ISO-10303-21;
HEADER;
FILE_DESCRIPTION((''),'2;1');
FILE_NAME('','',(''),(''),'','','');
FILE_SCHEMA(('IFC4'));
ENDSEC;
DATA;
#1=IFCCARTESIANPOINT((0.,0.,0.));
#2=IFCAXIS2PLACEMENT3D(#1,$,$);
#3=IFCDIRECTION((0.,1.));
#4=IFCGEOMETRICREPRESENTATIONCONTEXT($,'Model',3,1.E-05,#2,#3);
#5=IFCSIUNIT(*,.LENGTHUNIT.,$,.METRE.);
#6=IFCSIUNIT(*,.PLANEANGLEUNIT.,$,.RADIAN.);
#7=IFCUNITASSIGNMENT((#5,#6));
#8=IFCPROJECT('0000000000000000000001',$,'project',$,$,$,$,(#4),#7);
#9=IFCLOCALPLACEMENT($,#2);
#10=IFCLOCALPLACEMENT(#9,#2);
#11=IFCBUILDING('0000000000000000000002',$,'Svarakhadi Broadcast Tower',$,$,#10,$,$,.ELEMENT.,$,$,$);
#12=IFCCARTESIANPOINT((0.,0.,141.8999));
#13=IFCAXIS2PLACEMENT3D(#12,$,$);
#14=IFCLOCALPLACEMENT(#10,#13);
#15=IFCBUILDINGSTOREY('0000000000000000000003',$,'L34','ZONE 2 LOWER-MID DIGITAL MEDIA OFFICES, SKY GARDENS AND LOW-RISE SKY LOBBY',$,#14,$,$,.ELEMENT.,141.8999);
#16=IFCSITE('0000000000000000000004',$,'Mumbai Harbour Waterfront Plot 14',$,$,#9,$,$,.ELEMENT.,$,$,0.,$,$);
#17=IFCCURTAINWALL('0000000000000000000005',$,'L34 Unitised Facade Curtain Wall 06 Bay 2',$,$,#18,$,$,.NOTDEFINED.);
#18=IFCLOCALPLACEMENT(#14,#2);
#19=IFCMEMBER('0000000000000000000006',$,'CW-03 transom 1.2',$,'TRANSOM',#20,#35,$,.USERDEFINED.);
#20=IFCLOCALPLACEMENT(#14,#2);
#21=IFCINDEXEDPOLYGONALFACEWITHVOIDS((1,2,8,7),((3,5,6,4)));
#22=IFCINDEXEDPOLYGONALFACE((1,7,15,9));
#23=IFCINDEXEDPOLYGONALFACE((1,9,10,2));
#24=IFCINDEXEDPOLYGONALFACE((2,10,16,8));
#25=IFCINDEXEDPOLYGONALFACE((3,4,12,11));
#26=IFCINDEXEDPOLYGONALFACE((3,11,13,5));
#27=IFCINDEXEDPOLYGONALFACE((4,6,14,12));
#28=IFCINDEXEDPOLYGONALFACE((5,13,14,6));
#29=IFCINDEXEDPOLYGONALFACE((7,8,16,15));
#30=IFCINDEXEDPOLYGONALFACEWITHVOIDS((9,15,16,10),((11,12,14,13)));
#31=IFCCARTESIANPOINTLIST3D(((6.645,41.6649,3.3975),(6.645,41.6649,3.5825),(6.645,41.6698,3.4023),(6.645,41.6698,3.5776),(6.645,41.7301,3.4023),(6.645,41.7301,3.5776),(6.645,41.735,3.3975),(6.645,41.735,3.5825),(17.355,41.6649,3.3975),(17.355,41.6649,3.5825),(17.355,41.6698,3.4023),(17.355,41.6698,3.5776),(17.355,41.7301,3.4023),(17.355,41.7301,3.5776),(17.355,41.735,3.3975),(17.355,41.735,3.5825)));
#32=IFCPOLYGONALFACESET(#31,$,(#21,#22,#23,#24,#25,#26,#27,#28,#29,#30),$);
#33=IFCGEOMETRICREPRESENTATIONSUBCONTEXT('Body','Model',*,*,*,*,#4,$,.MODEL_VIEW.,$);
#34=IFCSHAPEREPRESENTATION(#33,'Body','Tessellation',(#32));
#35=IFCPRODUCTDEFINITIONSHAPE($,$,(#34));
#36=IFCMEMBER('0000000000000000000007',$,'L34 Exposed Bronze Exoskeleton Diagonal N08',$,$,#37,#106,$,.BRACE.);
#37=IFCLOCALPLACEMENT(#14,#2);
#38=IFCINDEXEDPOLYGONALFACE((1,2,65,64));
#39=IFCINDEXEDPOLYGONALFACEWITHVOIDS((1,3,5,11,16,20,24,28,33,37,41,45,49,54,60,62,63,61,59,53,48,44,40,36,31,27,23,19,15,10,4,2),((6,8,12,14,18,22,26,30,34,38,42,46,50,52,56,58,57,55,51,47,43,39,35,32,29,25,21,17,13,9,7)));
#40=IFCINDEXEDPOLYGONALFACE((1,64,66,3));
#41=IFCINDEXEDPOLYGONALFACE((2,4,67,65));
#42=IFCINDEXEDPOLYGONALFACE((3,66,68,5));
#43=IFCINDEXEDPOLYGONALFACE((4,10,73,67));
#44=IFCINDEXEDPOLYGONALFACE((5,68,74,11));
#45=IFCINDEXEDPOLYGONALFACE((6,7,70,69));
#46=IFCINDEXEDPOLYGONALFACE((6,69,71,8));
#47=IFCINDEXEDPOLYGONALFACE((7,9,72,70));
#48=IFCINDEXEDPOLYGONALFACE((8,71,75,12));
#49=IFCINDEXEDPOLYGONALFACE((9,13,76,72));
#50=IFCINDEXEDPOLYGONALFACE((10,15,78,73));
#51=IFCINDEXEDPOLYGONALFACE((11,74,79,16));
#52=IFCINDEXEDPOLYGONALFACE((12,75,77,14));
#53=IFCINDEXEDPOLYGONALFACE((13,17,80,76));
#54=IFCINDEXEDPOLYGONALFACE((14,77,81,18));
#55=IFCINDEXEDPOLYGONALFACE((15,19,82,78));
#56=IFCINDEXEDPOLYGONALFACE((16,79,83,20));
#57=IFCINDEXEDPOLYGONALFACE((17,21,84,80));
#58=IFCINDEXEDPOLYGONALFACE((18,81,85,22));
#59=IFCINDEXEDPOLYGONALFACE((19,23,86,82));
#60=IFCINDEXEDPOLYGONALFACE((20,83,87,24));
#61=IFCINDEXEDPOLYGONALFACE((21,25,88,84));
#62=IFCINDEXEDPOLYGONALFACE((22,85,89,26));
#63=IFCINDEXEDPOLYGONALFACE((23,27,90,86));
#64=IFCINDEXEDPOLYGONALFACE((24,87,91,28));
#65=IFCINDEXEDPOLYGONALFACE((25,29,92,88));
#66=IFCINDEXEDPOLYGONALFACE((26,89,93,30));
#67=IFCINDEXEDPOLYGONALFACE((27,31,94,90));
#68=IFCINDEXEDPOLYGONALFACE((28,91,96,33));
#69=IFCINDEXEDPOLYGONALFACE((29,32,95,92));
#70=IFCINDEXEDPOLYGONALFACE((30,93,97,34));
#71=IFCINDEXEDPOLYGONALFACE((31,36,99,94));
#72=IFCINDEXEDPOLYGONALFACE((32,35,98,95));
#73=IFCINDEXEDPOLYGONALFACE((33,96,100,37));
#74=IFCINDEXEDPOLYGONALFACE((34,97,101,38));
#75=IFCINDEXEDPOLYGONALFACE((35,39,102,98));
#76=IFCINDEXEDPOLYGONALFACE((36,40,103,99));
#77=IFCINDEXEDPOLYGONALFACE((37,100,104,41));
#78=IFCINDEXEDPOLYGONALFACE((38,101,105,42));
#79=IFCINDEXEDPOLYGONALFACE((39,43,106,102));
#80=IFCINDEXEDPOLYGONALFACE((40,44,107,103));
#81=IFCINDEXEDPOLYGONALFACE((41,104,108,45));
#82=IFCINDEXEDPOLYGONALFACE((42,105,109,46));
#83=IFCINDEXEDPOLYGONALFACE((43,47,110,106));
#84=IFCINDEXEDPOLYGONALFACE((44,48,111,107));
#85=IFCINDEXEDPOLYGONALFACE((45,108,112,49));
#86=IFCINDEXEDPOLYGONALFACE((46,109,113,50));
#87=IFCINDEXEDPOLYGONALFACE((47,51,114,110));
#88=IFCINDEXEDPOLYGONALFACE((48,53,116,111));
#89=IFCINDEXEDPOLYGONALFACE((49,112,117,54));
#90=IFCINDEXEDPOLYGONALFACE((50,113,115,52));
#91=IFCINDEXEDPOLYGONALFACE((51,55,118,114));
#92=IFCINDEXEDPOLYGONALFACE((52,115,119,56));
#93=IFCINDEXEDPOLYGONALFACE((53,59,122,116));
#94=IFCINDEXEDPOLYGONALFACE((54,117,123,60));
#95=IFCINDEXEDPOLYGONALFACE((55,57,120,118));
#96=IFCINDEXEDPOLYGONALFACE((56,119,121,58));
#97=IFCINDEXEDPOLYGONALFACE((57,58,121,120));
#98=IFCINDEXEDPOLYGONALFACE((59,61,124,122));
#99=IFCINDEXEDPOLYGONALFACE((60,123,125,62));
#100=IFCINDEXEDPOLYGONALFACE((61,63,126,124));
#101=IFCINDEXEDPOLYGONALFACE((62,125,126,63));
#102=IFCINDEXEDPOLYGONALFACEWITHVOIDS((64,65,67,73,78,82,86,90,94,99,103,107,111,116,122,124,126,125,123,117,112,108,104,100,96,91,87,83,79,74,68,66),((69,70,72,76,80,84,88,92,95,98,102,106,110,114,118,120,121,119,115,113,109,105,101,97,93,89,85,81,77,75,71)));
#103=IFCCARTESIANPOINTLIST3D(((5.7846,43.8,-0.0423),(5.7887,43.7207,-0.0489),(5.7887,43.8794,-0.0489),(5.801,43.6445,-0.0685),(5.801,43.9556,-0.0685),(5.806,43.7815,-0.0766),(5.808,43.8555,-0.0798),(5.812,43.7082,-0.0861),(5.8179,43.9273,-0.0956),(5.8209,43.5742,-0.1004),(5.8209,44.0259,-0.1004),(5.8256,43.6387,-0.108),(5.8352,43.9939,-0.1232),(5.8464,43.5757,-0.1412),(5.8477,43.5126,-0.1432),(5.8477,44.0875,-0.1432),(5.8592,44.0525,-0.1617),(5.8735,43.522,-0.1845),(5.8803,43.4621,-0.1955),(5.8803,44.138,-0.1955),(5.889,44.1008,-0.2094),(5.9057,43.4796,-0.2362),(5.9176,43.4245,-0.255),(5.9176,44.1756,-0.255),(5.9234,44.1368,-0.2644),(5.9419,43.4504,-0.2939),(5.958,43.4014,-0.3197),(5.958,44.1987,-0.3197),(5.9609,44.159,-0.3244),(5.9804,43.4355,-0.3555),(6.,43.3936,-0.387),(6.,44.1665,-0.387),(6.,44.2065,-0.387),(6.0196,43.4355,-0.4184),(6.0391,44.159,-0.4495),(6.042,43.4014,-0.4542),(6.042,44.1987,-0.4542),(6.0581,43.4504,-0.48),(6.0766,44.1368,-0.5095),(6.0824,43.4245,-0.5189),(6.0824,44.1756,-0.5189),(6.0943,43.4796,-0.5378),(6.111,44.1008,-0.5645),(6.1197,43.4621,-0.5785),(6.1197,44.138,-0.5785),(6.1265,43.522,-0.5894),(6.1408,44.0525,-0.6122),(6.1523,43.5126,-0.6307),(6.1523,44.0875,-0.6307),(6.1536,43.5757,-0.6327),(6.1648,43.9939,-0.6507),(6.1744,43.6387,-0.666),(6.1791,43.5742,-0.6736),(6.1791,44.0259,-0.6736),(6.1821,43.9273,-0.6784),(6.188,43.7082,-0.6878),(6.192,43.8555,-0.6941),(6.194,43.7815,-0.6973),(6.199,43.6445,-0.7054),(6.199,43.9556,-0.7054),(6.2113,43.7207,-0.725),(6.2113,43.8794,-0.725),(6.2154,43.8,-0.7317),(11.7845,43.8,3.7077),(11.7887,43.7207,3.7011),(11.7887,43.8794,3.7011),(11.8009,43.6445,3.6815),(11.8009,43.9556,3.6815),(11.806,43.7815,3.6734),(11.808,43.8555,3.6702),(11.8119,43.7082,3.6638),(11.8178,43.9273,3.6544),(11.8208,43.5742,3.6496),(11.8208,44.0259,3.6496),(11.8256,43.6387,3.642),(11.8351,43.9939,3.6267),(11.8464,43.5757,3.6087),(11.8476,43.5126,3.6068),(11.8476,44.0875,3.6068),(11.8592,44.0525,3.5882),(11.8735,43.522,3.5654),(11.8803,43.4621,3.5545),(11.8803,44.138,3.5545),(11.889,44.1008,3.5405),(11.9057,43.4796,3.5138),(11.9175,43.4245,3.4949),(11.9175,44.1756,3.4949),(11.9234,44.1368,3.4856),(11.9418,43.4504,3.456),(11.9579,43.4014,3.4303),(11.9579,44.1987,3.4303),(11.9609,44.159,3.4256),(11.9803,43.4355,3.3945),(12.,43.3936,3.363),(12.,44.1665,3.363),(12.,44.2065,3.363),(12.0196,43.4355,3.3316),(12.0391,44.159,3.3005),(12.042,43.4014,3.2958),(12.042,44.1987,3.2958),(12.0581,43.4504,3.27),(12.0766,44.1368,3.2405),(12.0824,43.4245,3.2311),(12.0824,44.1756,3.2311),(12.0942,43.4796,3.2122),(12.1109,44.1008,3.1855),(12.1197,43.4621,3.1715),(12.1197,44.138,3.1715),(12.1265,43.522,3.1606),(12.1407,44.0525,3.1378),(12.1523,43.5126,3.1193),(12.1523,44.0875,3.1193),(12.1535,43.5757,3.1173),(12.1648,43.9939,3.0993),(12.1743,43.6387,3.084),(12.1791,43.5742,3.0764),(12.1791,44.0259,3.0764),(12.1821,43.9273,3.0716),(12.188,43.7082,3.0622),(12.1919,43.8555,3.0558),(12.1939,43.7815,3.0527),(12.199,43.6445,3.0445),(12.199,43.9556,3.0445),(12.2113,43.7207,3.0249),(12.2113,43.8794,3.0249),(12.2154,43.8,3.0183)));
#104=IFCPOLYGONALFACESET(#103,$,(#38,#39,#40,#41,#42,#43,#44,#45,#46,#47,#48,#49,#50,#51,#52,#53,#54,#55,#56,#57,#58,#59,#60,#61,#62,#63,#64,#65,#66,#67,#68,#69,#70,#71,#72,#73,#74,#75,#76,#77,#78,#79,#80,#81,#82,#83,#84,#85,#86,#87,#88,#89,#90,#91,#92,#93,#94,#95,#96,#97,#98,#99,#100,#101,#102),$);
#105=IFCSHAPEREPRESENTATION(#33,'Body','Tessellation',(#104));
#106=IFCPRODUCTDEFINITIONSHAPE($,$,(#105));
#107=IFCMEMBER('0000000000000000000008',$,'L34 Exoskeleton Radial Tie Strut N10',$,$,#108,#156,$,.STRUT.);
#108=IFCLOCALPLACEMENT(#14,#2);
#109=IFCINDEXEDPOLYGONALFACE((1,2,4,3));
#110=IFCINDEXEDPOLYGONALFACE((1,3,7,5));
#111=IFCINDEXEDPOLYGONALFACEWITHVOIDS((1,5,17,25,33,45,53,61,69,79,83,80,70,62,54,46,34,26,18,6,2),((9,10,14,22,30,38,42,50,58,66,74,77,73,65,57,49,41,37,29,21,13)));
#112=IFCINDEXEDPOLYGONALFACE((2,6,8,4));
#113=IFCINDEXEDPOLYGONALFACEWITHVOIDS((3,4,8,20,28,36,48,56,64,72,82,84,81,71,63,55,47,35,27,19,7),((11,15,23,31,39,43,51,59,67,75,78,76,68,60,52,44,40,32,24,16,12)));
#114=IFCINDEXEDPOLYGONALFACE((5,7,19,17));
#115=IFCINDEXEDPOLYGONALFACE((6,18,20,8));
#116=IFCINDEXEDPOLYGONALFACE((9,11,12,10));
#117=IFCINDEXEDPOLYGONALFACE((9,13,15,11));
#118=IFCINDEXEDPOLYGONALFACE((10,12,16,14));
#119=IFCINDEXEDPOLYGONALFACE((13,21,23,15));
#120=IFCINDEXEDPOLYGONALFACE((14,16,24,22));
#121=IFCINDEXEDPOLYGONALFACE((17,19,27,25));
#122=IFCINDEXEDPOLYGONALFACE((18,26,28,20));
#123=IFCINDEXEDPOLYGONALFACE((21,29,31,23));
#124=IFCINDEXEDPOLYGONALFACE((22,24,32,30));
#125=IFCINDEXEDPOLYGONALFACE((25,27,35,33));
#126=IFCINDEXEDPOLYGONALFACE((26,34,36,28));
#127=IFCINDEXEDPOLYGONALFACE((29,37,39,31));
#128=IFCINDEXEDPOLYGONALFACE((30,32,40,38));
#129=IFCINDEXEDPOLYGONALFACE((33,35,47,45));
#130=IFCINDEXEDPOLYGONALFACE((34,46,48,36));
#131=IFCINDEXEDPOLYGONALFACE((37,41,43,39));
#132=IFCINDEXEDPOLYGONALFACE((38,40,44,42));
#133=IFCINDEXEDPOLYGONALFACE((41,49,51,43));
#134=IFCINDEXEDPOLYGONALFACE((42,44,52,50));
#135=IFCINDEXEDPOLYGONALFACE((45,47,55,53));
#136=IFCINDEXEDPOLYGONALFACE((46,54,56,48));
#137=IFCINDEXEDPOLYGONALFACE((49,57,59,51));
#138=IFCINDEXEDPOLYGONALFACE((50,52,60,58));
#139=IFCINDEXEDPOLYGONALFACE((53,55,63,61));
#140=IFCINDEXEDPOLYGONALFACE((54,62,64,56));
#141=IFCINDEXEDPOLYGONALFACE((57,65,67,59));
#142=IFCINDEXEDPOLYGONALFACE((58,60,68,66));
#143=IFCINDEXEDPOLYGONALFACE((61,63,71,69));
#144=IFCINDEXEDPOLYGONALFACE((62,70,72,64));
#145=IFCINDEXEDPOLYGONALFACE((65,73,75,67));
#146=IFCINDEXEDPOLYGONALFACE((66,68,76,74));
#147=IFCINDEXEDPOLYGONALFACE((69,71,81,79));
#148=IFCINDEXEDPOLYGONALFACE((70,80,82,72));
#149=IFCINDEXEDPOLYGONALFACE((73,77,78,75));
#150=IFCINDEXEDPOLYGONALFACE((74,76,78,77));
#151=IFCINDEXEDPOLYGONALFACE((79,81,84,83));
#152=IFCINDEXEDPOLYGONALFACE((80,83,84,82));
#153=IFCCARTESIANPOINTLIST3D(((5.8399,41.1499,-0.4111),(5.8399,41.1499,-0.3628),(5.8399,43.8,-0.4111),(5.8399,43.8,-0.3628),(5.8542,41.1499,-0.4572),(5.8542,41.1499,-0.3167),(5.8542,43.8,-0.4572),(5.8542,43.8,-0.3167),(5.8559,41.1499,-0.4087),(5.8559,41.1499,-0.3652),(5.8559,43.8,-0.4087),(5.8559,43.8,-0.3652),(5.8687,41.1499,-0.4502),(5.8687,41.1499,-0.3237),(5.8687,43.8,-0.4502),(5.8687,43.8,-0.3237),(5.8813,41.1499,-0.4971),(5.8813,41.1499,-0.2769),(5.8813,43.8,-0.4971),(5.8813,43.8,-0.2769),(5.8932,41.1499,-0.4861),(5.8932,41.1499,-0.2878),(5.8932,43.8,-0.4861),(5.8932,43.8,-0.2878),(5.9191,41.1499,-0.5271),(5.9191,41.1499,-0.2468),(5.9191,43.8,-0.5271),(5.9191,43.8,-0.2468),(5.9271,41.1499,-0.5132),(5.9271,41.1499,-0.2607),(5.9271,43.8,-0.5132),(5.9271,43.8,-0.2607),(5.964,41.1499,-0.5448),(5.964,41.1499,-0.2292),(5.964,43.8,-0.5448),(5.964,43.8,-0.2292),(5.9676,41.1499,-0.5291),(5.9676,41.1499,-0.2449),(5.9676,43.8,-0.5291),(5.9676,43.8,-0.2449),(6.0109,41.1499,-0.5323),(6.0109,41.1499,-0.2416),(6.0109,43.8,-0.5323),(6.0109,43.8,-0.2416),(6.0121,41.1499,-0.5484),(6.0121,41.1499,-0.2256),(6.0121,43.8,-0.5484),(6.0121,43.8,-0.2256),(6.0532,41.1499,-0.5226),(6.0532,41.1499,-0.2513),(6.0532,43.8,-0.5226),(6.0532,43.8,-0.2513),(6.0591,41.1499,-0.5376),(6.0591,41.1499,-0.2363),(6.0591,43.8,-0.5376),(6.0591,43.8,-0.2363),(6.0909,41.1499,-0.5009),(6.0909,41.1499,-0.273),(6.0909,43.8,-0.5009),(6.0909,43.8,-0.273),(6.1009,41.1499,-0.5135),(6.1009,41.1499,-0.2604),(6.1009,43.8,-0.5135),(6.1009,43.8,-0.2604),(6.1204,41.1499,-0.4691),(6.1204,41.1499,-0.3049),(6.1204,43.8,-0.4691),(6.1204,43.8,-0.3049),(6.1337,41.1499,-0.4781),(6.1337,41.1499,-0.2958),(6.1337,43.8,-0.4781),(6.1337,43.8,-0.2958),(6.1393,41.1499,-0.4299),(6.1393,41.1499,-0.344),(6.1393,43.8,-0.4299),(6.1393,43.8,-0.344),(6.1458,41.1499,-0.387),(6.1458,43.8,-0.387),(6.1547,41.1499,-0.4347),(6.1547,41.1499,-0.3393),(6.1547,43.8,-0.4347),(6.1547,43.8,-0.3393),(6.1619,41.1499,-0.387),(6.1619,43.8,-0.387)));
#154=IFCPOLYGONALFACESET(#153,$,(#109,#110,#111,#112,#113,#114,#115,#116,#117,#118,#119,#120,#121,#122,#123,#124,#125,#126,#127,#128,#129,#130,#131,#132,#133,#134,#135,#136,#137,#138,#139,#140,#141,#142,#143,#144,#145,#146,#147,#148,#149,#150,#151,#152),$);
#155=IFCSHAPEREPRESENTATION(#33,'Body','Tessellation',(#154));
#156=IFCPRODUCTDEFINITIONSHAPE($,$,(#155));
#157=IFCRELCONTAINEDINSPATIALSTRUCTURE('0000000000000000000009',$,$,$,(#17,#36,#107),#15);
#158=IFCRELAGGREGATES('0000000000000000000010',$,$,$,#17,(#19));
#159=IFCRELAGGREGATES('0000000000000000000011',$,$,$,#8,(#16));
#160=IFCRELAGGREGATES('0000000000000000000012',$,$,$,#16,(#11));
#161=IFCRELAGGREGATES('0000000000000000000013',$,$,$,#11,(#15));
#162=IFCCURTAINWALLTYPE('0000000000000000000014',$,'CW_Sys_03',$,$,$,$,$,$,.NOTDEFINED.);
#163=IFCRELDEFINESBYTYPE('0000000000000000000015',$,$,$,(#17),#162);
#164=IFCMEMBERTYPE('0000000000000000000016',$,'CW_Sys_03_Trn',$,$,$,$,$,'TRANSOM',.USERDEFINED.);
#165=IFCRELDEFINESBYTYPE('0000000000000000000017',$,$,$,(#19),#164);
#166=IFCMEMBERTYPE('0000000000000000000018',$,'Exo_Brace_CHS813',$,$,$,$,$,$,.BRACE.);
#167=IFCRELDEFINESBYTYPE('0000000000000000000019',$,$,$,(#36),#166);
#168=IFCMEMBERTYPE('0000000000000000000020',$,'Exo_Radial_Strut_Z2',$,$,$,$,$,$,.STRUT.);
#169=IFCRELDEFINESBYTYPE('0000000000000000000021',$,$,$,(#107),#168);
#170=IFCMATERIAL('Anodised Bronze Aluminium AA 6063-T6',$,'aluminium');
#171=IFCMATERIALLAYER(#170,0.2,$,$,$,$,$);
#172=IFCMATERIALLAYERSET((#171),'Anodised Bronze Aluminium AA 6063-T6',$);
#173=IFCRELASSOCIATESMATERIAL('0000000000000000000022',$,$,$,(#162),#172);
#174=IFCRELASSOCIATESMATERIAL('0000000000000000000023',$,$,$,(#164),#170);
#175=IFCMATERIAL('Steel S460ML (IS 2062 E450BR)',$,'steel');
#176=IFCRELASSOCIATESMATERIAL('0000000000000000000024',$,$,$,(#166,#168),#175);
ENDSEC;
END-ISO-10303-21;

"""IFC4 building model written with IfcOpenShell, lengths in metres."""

from ifc_helpers import new_model, si_unit, direction, frame, origin, origin_2d, place, context, subcontext, project, spatial, hollow_rectangle, hollow_circle, extrude, material, layer, layer_set, material_profile, profile_set, type_object, element, aggregate, save


model = new_model("IFC4")

# Units and contexts
model_context = context("Model", 3, precision=1e-05, world=origin(), true_north=direction((0.0, 1.0)))
body_context = subcontext(model_context, "Body", "Model", "MODEL_VIEW")
ifc_project = project(units=[si_unit("LENGTHUNIT", "METRE"), si_unit("PLANEANGLEUNIT", "RADIAN")], contexts=[model_context])

# Site, building, storey
site_placement = place(None, origin())
site = spatial("IfcSite", under=ifc_project, at=site_placement, Name="Mumbai Harbour Waterfront Plot 14", CompositionType="ELEMENT", RefElevation=0.0)
building_placement = place(site_placement, origin())
building = spatial("IfcBuilding", under=site, at=building_placement, Name="Svarakhadi Broadcast Tower", CompositionType="ELEMENT")
storey_placement = place(building_placement, frame((0.0, 0.0, 141.8999)))
storey = spatial("IfcBuildingStorey", under=building, at=storey_placement, Name="L34", Description="ZONE 2 LOWER-MID DIGITAL MEDIA OFFICES, SKY GARDENS AND LOW-RISE SKY LOBBY", CompositionType="ELEMENT", Elevation=141.8999)

# Shared definitions
ifc_material_1 = material(Name="Steel S460ML (IS 2062 E450BR)", Category="steel")

# Curtain wall, member
ifc_material_2 = material(Name="Anodised Bronze Aluminium AA 6063-T6", Category="aluminium")
ifc_layer_1 = layer(ifc_material_2, 0.2)
ifc_layer_set_1 = layer_set([ifc_layer_1], Name="Anodised Bronze Aluminium AA 6063-T6")
curtain_wall_type = type_object("IfcCurtainWallType", Name="CW_Sys_03", PredefinedType="NOTDEFINED", material=ifc_layer_set_1)
curtain_wall_placement = place(storey_placement, origin())
curtain_wall = element("IfcCurtainWall", 1, at=curtain_wall_placement, inside=storey, type_object=curtain_wall_type, Name="L34 Unitised Facade Curtain Wall 06 Bay 2", PredefinedType="NOTDEFINED")
ifc_material_profile_1 = material_profile(ifc_material_2, hollow_rectangle(XDim=0.0701, YDim=0.1851, WallThickness=0.0049, at=origin_2d()), Name="ALU TRANSOM 185x70x5")
ifc_profile_set_1 = profile_set([ifc_material_profile_1], Name="Anodised Bronze Aluminium AA 6063-T6")
member_type_1 = type_object("IfcMemberType", Name="CW_Sys_03_Trn", ElementType="TRANSOM", PredefinedType="USERDEFINED", material=ifc_profile_set_1)
member_1_placement = place(storey_placement, frame((6.645, 41.7, 3.49), z_axis=(1.0, 0.0, 0.0), x_axis=(0.0, 1.0, 0.0)))
member_1 = element("IfcMember", 2, at=member_1_placement, type_object=member_type_1, Name="CW-03 transom 1.2", ObjectType="TRANSOM", PredefinedType="USERDEFINED", context=body_context, shape_type="SweptSolid", body=[
    extrude(hollow_rectangle(XDim=0.0701, YDim=0.1851, WallThickness=0.0049, at=origin_2d()), origin(), (0.0, 0.0, 1.0), 10.71),
])

# Members
ifc_material_profile_2 = material_profile(ifc_material_1, hollow_circle(Radius=0.4065, WallThickness=0.04, at=origin_2d()), Name="CHS 813x40")
ifc_profile_set_2 = profile_set([ifc_material_profile_2], Name="Steel S460ML (IS 2062 E450BR)")
member_type_2 = type_object("IfcMemberType", Name="Exo_Brace_CHS813", PredefinedType="BRACE", material=ifc_profile_set_2)
member_2_placement = place(storey_placement, frame((6.0, 43.8, -0.387), z_axis=(0.847998, 0.0, 0.529999), x_axis=(0.0, 1.0, 0.0)))
element("IfcMember", 3, at=member_2_placement, inside=storey, type_object=member_type_2, Name="L34 Exposed Bronze Exoskeleton Diagonal N08", PredefinedType="BRACE", context=body_context, shape_type="SweptSolid", body=[
    extrude(hollow_circle(Radius=0.4065, WallThickness=0.04, at=origin_2d()), origin(), (0.0, 0.0, 1.0), 7.0754),
])
ifc_material_profile_3 = material_profile(ifc_material_1, hollow_circle(Radius=0.1619, WallThickness=0.0161, at=origin_2d()), Name="CHS 323.9x16")
ifc_profile_set_3 = profile_set([ifc_material_profile_3], Name="Steel S460ML (IS 2062 E450BR)")
member_type_3 = type_object("IfcMemberType", Name="Exo_Radial_Strut_Z2", PredefinedType="STRUT", material=ifc_profile_set_3)
member_3_placement = place(storey_placement, frame((6.0, 43.8, -0.387), z_axis=(0.0, -1.0, 0.0), x_axis=(1.0, 0.0, 0.0)))
element("IfcMember", 4, at=member_3_placement, inside=storey, type_object=member_type_3, Name="L34 Exoskeleton Radial Tie Strut N10", PredefinedType="STRUT", context=body_context, shape_type="SweptSolid", body=[
    extrude(hollow_circle(Radius=0.1619, WallThickness=0.0161, at=origin_2d()), origin(), (0.0, 0.0, 1.0), 2.6501),
])

aggregate(curtain_wall, [member_1])

save(model, "model.ifc")
